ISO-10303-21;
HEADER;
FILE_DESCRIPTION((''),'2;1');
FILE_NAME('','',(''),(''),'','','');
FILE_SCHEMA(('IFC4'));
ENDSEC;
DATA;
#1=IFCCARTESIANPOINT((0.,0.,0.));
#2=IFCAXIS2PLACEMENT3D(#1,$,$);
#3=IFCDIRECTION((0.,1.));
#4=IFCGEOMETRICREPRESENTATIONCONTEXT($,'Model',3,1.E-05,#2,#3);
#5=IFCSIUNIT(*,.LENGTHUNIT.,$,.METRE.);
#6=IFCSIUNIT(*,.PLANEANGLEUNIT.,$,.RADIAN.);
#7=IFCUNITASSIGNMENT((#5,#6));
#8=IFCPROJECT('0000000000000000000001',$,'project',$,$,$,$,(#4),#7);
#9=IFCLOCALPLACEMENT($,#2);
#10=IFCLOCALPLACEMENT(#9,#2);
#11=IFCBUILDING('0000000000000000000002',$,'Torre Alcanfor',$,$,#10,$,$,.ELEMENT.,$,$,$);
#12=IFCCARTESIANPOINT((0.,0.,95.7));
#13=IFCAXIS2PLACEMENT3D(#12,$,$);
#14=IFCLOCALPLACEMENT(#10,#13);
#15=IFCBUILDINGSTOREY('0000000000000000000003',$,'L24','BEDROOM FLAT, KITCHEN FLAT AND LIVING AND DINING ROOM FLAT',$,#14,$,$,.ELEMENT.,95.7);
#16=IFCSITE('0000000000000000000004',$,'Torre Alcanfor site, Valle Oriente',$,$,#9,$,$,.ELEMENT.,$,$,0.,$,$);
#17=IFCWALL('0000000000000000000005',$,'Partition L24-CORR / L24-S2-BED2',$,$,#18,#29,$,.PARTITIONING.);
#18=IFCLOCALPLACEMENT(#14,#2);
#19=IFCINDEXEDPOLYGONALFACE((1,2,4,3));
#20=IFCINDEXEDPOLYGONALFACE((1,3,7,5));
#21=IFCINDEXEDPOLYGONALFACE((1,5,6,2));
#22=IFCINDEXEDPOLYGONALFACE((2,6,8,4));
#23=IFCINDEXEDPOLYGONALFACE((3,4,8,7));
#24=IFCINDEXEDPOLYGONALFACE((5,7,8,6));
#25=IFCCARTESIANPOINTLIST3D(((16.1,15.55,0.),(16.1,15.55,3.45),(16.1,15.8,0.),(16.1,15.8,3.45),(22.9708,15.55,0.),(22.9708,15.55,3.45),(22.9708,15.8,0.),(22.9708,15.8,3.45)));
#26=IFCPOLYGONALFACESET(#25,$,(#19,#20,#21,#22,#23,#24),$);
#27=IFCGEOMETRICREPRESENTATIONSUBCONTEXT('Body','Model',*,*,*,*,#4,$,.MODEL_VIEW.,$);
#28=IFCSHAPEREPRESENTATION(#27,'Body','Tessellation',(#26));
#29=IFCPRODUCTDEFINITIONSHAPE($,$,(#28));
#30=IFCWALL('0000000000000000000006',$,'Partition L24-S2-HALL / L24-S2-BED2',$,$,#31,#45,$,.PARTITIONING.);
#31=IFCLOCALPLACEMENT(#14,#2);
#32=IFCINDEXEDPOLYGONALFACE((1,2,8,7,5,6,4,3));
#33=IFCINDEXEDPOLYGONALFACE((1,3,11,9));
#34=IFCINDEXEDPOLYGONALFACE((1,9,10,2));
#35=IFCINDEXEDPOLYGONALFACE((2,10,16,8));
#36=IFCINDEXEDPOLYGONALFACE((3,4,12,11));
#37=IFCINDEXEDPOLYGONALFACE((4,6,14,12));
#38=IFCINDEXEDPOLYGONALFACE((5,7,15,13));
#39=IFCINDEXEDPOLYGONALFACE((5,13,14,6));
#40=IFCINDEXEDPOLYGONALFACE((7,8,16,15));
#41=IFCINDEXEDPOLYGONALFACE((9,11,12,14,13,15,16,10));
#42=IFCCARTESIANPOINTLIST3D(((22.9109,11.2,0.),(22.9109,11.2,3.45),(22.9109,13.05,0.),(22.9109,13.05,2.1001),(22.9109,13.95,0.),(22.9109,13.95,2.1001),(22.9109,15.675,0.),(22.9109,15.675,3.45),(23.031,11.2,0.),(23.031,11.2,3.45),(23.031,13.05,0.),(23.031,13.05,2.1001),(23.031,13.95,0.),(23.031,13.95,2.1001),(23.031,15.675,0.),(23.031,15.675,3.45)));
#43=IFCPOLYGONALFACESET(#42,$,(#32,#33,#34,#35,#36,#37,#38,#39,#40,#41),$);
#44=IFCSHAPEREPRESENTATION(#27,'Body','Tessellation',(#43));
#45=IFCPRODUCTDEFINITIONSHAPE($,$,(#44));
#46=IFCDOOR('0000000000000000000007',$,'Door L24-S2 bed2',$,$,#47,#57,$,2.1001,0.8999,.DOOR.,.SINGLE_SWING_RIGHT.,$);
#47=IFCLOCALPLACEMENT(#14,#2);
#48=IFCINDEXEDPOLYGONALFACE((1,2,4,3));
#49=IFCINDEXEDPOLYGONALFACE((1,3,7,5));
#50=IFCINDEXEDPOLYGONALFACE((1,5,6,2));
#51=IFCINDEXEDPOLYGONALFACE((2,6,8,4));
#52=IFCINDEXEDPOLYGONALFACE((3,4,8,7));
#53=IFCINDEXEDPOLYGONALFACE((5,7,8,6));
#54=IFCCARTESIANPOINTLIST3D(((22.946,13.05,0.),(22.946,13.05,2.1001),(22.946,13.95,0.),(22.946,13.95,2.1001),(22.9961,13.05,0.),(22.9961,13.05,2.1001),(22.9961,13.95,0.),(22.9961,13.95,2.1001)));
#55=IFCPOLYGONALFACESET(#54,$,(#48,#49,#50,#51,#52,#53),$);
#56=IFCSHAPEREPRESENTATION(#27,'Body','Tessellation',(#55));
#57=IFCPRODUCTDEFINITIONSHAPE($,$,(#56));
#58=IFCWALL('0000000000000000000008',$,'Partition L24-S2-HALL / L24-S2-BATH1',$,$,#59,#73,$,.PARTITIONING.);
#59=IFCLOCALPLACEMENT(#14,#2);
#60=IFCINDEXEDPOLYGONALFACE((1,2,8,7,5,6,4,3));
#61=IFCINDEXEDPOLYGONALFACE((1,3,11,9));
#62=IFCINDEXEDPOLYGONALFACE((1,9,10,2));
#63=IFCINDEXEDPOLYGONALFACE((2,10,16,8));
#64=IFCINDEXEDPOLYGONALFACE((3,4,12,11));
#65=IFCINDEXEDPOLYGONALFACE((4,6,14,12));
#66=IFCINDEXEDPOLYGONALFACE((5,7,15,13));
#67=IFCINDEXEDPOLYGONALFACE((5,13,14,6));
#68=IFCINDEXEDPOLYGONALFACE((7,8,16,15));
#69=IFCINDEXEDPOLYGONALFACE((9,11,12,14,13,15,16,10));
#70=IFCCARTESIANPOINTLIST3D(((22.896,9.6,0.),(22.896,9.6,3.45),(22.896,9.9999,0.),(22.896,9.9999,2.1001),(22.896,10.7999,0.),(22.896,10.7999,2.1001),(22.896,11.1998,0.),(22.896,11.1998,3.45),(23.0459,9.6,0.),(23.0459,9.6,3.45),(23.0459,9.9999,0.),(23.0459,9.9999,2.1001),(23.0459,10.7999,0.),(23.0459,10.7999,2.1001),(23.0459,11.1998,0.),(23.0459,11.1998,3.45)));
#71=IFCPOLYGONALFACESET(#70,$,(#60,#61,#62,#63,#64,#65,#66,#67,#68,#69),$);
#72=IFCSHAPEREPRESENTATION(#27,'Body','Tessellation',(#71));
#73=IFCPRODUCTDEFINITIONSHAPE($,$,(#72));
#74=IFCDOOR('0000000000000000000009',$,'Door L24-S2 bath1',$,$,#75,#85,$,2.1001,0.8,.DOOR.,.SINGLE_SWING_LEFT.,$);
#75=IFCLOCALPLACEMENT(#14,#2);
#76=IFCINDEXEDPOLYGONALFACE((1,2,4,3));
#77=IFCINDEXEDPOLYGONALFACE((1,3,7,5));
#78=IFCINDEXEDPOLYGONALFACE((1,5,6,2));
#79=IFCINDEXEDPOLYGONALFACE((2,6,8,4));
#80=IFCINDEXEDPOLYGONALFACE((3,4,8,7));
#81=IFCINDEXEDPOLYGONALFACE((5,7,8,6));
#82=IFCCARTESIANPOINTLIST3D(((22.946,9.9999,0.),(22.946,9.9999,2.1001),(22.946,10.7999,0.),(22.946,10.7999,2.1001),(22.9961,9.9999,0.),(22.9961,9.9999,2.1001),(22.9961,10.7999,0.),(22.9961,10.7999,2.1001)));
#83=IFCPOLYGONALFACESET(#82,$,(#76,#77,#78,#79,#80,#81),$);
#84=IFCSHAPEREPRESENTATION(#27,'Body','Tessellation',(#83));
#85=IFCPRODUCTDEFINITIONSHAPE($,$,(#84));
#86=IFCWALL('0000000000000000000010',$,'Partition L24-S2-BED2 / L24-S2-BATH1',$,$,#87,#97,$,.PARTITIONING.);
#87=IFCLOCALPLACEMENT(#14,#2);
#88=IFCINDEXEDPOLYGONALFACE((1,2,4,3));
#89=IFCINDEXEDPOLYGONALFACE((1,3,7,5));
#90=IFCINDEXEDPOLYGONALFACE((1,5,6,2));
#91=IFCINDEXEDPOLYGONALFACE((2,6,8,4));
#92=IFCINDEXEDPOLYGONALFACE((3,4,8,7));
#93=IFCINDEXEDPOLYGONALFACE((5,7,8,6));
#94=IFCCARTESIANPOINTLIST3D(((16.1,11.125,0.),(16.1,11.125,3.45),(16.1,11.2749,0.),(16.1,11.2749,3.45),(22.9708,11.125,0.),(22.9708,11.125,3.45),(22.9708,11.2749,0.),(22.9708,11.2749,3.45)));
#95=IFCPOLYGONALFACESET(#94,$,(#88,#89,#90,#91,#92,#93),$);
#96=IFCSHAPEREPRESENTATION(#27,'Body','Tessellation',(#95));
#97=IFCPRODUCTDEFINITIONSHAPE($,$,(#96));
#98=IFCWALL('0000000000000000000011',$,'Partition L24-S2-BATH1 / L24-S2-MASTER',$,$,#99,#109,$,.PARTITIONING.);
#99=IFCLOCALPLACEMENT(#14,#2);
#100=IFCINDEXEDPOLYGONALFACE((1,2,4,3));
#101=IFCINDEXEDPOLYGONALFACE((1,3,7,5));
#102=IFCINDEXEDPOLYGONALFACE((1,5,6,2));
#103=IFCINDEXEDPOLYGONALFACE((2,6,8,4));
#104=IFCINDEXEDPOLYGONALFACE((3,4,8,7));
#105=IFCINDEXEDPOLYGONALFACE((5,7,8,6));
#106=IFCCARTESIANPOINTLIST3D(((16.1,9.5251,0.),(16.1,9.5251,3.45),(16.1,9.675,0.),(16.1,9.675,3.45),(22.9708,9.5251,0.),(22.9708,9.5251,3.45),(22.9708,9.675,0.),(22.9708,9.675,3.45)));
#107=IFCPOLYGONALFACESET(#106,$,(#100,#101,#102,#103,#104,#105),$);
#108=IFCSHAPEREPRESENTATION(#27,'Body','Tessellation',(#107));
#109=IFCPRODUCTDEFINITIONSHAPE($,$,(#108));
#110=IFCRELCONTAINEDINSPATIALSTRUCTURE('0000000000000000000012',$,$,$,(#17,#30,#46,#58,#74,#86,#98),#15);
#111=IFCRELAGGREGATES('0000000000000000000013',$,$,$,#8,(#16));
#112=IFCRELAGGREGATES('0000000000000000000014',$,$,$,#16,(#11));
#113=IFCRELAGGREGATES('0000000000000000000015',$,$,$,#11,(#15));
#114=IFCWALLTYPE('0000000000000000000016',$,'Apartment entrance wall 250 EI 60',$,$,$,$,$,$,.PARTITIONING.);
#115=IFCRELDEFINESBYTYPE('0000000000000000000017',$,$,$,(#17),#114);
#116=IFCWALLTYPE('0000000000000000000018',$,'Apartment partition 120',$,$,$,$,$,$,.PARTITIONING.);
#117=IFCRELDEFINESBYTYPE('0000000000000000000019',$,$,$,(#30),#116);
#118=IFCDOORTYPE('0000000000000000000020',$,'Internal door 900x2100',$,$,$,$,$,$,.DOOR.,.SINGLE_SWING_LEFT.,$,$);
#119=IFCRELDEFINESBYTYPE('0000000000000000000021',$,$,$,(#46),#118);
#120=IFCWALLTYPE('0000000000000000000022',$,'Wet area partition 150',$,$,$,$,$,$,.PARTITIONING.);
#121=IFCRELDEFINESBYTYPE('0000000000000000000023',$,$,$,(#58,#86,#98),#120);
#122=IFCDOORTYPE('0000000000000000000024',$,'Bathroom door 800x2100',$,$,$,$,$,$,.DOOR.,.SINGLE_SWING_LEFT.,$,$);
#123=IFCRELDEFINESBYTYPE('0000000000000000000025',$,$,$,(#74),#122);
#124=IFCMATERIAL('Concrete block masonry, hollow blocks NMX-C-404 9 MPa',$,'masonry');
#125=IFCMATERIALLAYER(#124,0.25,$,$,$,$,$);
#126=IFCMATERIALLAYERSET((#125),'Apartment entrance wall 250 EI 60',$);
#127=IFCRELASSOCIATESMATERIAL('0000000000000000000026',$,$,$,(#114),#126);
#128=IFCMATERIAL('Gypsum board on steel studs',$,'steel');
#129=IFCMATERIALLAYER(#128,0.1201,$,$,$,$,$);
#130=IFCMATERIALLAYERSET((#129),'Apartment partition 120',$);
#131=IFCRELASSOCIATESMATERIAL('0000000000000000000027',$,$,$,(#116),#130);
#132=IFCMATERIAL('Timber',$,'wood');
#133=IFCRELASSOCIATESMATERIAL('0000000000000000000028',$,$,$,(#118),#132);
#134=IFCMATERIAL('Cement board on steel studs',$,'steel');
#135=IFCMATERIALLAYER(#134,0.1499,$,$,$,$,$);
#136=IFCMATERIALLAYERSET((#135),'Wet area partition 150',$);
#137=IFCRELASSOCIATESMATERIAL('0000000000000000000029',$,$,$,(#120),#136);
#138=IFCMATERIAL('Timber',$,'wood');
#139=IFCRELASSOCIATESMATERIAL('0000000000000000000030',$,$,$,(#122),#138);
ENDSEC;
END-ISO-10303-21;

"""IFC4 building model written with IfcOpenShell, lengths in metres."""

from ifc_helpers import new_model, si_unit, direction, frame, frame_2d, origin, place, context, subcontext, project, spatial, rectangle, extrude, material, layer, layer_set, type_object, element, fill, save


model = new_model("IFC4")

# Units and contexts
model_context = context("Model", 3, precision=1e-05, world=origin(), true_north=direction((0.0, 1.0)))
body_context = subcontext(model_context, "Body", "Model", "MODEL_VIEW")
ifc_project = project(units=[si_unit("LENGTHUNIT", "METRE"), si_unit("PLANEANGLEUNIT", "RADIAN")], contexts=[model_context])

# Site, building, storey
site_placement = place(None, origin())
site = spatial("IfcSite", under=ifc_project, at=site_placement, Name="Torre Alcanfor site, Valle Oriente", CompositionType="ELEMENT", RefElevation=0.0)
building_placement = place(site_placement, origin())
building = spatial("IfcBuilding", under=site, at=building_placement, Name="Torre Alcanfor", CompositionType="ELEMENT")
storey_placement = place(building_placement, frame((0.0, 0.0, 95.7)))
storey = spatial("IfcBuildingStorey", under=building, at=storey_placement, Name="L24", Description="BEDROOM FLAT, KITCHEN FLAT AND LIVING AND DINING ROOM FLAT", CompositionType="ELEMENT", Elevation=95.7)

# Wall
ifc_material_1 = material(Name="Concrete block masonry, hollow blocks NMX-C-404 9 MPa", Category="masonry")
ifc_layer_1 = layer(ifc_material_1, 0.25)
ifc_layer_set_1 = layer_set([ifc_layer_1], Name="Apartment entrance wall 250 EI 60")
wall_type_1 = type_object("IfcWallType", Name="Apartment entrance wall 250 EI 60", PredefinedType="PARTITIONING", material=ifc_layer_set_1)
wall_1_placement = place(storey_placement, frame((22.9709, 15.675, 0.0), z_axis=(0.0, 0.0, 1.0), x_axis=(-1.0, 0.0, 0.0)))
element("IfcWall", 1, at=wall_1_placement, inside=storey, type_object=wall_type_1, Name="Partition L24-CORR / L24-S2-BED2", PredefinedType="PARTITIONING", context=body_context, shape_type="SweptSolid", body=[
    extrude(rectangle(XDim=6.8708, YDim=0.25, at=frame_2d((3.4355, 0.0))), origin(), (0.0, 0.0, 1.0), 3.45),
])

# Walls, openings, doors
ifc_material_2 = material(Name="Gypsum board on steel studs", Category="steel")
ifc_layer_2 = layer(ifc_material_2, 0.1201)
ifc_layer_set_2 = layer_set([ifc_layer_2], Name="Apartment partition 120")
wall_type_2 = type_object("IfcWallType", Name="Apartment partition 120", PredefinedType="PARTITIONING", material=ifc_layer_set_2)
wall_2_placement = place(storey_placement, frame((22.9709, 11.2, 0.0), z_axis=(0.0, 0.0, 1.0), x_axis=(0.0, 1.0, 0.0)))
wall_2 = element("IfcWall", 2, at=wall_2_placement, inside=storey, type_object=wall_type_2, Name="Partition L24-S2-HALL / L24-S2-BED2", PredefinedType="PARTITIONING", context=body_context, shape_type="SweptSolid", body=[
    extrude(rectangle(XDim=4.4751, YDim=0.1201, at=frame_2d((2.2375, 0.0))), origin(), (0.0, 0.0, 1.0), 3.45),
])
opening_1_placement = place(wall_2_placement, frame((1.8501, 0.0, 0.0)))
opening_1 = element("IfcOpeningElement", 3, at=opening_1_placement, cuts=wall_2, PredefinedType="OPENING", context=body_context, shape_type="SweptSolid", body=[
    extrude(rectangle(XDim=0.8999, YDim=2.1001, at=frame_2d((0.45, 1.05))), frame((0.0, 0.0701, 0.0), z_axis=(0.0, -1.0, 0.0), x_axis=(1.0, 0.0, 0.0)), (0.0, 0.0, 1.0), 0.1401),
])
ifc_material_3 = material(Name="Timber", Category="wood")
door_type_1 = type_object("IfcDoorType", Name="Internal door 900x2100", OperationType="SINGLE_SWING_LEFT", PredefinedType="DOOR", material=ifc_material_3)
door_1_placement = place(opening_1_placement, origin())
door_1 = element("IfcDoor", 4, at=door_1_placement, inside=storey, type_object=door_type_1, Name="Door L24-S2 bed2", OperationType="SINGLE_SWING_RIGHT", OverallHeight=2.1001, OverallWidth=0.8999, PredefinedType="DOOR", context=body_context, shape_type="SweptSolid", body=[
    extrude(rectangle(XDim=0.8999, YDim=2.1001, at=frame_2d((0.45, 1.05))), frame((0.0, 0.0249, 0.0), z_axis=(0.0, -1.0, 0.0), x_axis=(1.0, 0.0, 0.0)), (0.0, 0.0, 1.0), 0.05),
])
fill(opening_1, door_1)
ifc_material_4 = material(Name="Cement board on steel studs", Category="steel")
ifc_layer_3 = layer(ifc_material_4, 0.1499)
ifc_layer_set_3 = layer_set([ifc_layer_3], Name="Wet area partition 150")
wall_type_3 = type_object("IfcWallType", Name="Wet area partition 150", PredefinedType="PARTITIONING", material=ifc_layer_set_3)
wall_3_placement = place(storey_placement, frame((22.9709, 9.6001, 0.0), z_axis=(0.0, 0.0, 1.0), x_axis=(0.0, 1.0, 0.0)))
wall_3 = element("IfcWall", 5, at=wall_3_placement, inside=storey, type_object=wall_type_3, Name="Partition L24-S2-HALL / L24-S2-BATH1", PredefinedType="PARTITIONING", context=body_context, shape_type="SweptSolid", body=[
    extrude(rectangle(XDim=1.5999, YDim=0.1499, at=frame_2d((0.7998, 0.0))), origin(), (0.0, 0.0, 1.0), 3.45),
])
opening_2_placement = place(wall_3_placement, frame((0.3999, 0.0, 0.0)))
opening_2 = element("IfcOpeningElement", 6, at=opening_2_placement, cuts=wall_3, PredefinedType="OPENING", context=body_context, shape_type="SweptSolid", body=[
    extrude(rectangle(XDim=0.8, YDim=2.1001, at=frame_2d((0.3999, 1.05))), frame((0.0, 0.085, 0.0), z_axis=(0.0, -1.0, 0.0), x_axis=(1.0, 0.0, 0.0)), (0.0, 0.0, 1.0), 0.1699),
])
ifc_material_5 = material(Name="Timber", Category="wood")
door_type_2 = type_object("IfcDoorType", Name="Bathroom door 800x2100", OperationType="SINGLE_SWING_LEFT", PredefinedType="DOOR", material=ifc_material_5)
door_2_placement = place(opening_2_placement, origin())
door_2 = element("IfcDoor", 7, at=door_2_placement, inside=storey, type_object=door_type_2, Name="Door L24-S2 bath1", OperationType="SINGLE_SWING_LEFT", OverallHeight=2.1001, OverallWidth=0.8, PredefinedType="DOOR", context=body_context, shape_type="SweptSolid", body=[
    extrude(rectangle(XDim=0.8, YDim=2.1001, at=frame_2d((0.3999, 1.05))), frame((0.0, 0.0249, 0.0), z_axis=(0.0, -1.0, 0.0), x_axis=(1.0, 0.0, 0.0)), (0.0, 0.0, 1.0), 0.05),
])
fill(opening_2, door_2)

# Walls
for number, where, z_axis, x_axis, name in (
    (8, (22.9709, 11.2, 0.0), (0.0, 0.0, 1.0), (-1.0, 0.0, 0.0), "Partition L24-S2-BED2 / L24-S2-BATH1"),
    (9, (22.9709, 9.6001, 0.0), (0.0, 0.0, 1.0), (-1.0, 0.0, 0.0), "Partition L24-S2-BATH1 / L24-S2-MASTER"),
):
    element("IfcWall", number, at=place(storey_placement, frame(where, z_axis=z_axis, x_axis=x_axis)), inside=storey, type_object=wall_type_3, Name=name, PredefinedType="PARTITIONING", context=body_context, shape_type="SweptSolid", body=[
        extrude(rectangle(XDim=6.8708, YDim=0.1499, at=frame_2d((3.4355, 0.0))), origin(), (0.0, 0.0, 1.0), 3.45),
    ])

save(model, "model.ifc")
